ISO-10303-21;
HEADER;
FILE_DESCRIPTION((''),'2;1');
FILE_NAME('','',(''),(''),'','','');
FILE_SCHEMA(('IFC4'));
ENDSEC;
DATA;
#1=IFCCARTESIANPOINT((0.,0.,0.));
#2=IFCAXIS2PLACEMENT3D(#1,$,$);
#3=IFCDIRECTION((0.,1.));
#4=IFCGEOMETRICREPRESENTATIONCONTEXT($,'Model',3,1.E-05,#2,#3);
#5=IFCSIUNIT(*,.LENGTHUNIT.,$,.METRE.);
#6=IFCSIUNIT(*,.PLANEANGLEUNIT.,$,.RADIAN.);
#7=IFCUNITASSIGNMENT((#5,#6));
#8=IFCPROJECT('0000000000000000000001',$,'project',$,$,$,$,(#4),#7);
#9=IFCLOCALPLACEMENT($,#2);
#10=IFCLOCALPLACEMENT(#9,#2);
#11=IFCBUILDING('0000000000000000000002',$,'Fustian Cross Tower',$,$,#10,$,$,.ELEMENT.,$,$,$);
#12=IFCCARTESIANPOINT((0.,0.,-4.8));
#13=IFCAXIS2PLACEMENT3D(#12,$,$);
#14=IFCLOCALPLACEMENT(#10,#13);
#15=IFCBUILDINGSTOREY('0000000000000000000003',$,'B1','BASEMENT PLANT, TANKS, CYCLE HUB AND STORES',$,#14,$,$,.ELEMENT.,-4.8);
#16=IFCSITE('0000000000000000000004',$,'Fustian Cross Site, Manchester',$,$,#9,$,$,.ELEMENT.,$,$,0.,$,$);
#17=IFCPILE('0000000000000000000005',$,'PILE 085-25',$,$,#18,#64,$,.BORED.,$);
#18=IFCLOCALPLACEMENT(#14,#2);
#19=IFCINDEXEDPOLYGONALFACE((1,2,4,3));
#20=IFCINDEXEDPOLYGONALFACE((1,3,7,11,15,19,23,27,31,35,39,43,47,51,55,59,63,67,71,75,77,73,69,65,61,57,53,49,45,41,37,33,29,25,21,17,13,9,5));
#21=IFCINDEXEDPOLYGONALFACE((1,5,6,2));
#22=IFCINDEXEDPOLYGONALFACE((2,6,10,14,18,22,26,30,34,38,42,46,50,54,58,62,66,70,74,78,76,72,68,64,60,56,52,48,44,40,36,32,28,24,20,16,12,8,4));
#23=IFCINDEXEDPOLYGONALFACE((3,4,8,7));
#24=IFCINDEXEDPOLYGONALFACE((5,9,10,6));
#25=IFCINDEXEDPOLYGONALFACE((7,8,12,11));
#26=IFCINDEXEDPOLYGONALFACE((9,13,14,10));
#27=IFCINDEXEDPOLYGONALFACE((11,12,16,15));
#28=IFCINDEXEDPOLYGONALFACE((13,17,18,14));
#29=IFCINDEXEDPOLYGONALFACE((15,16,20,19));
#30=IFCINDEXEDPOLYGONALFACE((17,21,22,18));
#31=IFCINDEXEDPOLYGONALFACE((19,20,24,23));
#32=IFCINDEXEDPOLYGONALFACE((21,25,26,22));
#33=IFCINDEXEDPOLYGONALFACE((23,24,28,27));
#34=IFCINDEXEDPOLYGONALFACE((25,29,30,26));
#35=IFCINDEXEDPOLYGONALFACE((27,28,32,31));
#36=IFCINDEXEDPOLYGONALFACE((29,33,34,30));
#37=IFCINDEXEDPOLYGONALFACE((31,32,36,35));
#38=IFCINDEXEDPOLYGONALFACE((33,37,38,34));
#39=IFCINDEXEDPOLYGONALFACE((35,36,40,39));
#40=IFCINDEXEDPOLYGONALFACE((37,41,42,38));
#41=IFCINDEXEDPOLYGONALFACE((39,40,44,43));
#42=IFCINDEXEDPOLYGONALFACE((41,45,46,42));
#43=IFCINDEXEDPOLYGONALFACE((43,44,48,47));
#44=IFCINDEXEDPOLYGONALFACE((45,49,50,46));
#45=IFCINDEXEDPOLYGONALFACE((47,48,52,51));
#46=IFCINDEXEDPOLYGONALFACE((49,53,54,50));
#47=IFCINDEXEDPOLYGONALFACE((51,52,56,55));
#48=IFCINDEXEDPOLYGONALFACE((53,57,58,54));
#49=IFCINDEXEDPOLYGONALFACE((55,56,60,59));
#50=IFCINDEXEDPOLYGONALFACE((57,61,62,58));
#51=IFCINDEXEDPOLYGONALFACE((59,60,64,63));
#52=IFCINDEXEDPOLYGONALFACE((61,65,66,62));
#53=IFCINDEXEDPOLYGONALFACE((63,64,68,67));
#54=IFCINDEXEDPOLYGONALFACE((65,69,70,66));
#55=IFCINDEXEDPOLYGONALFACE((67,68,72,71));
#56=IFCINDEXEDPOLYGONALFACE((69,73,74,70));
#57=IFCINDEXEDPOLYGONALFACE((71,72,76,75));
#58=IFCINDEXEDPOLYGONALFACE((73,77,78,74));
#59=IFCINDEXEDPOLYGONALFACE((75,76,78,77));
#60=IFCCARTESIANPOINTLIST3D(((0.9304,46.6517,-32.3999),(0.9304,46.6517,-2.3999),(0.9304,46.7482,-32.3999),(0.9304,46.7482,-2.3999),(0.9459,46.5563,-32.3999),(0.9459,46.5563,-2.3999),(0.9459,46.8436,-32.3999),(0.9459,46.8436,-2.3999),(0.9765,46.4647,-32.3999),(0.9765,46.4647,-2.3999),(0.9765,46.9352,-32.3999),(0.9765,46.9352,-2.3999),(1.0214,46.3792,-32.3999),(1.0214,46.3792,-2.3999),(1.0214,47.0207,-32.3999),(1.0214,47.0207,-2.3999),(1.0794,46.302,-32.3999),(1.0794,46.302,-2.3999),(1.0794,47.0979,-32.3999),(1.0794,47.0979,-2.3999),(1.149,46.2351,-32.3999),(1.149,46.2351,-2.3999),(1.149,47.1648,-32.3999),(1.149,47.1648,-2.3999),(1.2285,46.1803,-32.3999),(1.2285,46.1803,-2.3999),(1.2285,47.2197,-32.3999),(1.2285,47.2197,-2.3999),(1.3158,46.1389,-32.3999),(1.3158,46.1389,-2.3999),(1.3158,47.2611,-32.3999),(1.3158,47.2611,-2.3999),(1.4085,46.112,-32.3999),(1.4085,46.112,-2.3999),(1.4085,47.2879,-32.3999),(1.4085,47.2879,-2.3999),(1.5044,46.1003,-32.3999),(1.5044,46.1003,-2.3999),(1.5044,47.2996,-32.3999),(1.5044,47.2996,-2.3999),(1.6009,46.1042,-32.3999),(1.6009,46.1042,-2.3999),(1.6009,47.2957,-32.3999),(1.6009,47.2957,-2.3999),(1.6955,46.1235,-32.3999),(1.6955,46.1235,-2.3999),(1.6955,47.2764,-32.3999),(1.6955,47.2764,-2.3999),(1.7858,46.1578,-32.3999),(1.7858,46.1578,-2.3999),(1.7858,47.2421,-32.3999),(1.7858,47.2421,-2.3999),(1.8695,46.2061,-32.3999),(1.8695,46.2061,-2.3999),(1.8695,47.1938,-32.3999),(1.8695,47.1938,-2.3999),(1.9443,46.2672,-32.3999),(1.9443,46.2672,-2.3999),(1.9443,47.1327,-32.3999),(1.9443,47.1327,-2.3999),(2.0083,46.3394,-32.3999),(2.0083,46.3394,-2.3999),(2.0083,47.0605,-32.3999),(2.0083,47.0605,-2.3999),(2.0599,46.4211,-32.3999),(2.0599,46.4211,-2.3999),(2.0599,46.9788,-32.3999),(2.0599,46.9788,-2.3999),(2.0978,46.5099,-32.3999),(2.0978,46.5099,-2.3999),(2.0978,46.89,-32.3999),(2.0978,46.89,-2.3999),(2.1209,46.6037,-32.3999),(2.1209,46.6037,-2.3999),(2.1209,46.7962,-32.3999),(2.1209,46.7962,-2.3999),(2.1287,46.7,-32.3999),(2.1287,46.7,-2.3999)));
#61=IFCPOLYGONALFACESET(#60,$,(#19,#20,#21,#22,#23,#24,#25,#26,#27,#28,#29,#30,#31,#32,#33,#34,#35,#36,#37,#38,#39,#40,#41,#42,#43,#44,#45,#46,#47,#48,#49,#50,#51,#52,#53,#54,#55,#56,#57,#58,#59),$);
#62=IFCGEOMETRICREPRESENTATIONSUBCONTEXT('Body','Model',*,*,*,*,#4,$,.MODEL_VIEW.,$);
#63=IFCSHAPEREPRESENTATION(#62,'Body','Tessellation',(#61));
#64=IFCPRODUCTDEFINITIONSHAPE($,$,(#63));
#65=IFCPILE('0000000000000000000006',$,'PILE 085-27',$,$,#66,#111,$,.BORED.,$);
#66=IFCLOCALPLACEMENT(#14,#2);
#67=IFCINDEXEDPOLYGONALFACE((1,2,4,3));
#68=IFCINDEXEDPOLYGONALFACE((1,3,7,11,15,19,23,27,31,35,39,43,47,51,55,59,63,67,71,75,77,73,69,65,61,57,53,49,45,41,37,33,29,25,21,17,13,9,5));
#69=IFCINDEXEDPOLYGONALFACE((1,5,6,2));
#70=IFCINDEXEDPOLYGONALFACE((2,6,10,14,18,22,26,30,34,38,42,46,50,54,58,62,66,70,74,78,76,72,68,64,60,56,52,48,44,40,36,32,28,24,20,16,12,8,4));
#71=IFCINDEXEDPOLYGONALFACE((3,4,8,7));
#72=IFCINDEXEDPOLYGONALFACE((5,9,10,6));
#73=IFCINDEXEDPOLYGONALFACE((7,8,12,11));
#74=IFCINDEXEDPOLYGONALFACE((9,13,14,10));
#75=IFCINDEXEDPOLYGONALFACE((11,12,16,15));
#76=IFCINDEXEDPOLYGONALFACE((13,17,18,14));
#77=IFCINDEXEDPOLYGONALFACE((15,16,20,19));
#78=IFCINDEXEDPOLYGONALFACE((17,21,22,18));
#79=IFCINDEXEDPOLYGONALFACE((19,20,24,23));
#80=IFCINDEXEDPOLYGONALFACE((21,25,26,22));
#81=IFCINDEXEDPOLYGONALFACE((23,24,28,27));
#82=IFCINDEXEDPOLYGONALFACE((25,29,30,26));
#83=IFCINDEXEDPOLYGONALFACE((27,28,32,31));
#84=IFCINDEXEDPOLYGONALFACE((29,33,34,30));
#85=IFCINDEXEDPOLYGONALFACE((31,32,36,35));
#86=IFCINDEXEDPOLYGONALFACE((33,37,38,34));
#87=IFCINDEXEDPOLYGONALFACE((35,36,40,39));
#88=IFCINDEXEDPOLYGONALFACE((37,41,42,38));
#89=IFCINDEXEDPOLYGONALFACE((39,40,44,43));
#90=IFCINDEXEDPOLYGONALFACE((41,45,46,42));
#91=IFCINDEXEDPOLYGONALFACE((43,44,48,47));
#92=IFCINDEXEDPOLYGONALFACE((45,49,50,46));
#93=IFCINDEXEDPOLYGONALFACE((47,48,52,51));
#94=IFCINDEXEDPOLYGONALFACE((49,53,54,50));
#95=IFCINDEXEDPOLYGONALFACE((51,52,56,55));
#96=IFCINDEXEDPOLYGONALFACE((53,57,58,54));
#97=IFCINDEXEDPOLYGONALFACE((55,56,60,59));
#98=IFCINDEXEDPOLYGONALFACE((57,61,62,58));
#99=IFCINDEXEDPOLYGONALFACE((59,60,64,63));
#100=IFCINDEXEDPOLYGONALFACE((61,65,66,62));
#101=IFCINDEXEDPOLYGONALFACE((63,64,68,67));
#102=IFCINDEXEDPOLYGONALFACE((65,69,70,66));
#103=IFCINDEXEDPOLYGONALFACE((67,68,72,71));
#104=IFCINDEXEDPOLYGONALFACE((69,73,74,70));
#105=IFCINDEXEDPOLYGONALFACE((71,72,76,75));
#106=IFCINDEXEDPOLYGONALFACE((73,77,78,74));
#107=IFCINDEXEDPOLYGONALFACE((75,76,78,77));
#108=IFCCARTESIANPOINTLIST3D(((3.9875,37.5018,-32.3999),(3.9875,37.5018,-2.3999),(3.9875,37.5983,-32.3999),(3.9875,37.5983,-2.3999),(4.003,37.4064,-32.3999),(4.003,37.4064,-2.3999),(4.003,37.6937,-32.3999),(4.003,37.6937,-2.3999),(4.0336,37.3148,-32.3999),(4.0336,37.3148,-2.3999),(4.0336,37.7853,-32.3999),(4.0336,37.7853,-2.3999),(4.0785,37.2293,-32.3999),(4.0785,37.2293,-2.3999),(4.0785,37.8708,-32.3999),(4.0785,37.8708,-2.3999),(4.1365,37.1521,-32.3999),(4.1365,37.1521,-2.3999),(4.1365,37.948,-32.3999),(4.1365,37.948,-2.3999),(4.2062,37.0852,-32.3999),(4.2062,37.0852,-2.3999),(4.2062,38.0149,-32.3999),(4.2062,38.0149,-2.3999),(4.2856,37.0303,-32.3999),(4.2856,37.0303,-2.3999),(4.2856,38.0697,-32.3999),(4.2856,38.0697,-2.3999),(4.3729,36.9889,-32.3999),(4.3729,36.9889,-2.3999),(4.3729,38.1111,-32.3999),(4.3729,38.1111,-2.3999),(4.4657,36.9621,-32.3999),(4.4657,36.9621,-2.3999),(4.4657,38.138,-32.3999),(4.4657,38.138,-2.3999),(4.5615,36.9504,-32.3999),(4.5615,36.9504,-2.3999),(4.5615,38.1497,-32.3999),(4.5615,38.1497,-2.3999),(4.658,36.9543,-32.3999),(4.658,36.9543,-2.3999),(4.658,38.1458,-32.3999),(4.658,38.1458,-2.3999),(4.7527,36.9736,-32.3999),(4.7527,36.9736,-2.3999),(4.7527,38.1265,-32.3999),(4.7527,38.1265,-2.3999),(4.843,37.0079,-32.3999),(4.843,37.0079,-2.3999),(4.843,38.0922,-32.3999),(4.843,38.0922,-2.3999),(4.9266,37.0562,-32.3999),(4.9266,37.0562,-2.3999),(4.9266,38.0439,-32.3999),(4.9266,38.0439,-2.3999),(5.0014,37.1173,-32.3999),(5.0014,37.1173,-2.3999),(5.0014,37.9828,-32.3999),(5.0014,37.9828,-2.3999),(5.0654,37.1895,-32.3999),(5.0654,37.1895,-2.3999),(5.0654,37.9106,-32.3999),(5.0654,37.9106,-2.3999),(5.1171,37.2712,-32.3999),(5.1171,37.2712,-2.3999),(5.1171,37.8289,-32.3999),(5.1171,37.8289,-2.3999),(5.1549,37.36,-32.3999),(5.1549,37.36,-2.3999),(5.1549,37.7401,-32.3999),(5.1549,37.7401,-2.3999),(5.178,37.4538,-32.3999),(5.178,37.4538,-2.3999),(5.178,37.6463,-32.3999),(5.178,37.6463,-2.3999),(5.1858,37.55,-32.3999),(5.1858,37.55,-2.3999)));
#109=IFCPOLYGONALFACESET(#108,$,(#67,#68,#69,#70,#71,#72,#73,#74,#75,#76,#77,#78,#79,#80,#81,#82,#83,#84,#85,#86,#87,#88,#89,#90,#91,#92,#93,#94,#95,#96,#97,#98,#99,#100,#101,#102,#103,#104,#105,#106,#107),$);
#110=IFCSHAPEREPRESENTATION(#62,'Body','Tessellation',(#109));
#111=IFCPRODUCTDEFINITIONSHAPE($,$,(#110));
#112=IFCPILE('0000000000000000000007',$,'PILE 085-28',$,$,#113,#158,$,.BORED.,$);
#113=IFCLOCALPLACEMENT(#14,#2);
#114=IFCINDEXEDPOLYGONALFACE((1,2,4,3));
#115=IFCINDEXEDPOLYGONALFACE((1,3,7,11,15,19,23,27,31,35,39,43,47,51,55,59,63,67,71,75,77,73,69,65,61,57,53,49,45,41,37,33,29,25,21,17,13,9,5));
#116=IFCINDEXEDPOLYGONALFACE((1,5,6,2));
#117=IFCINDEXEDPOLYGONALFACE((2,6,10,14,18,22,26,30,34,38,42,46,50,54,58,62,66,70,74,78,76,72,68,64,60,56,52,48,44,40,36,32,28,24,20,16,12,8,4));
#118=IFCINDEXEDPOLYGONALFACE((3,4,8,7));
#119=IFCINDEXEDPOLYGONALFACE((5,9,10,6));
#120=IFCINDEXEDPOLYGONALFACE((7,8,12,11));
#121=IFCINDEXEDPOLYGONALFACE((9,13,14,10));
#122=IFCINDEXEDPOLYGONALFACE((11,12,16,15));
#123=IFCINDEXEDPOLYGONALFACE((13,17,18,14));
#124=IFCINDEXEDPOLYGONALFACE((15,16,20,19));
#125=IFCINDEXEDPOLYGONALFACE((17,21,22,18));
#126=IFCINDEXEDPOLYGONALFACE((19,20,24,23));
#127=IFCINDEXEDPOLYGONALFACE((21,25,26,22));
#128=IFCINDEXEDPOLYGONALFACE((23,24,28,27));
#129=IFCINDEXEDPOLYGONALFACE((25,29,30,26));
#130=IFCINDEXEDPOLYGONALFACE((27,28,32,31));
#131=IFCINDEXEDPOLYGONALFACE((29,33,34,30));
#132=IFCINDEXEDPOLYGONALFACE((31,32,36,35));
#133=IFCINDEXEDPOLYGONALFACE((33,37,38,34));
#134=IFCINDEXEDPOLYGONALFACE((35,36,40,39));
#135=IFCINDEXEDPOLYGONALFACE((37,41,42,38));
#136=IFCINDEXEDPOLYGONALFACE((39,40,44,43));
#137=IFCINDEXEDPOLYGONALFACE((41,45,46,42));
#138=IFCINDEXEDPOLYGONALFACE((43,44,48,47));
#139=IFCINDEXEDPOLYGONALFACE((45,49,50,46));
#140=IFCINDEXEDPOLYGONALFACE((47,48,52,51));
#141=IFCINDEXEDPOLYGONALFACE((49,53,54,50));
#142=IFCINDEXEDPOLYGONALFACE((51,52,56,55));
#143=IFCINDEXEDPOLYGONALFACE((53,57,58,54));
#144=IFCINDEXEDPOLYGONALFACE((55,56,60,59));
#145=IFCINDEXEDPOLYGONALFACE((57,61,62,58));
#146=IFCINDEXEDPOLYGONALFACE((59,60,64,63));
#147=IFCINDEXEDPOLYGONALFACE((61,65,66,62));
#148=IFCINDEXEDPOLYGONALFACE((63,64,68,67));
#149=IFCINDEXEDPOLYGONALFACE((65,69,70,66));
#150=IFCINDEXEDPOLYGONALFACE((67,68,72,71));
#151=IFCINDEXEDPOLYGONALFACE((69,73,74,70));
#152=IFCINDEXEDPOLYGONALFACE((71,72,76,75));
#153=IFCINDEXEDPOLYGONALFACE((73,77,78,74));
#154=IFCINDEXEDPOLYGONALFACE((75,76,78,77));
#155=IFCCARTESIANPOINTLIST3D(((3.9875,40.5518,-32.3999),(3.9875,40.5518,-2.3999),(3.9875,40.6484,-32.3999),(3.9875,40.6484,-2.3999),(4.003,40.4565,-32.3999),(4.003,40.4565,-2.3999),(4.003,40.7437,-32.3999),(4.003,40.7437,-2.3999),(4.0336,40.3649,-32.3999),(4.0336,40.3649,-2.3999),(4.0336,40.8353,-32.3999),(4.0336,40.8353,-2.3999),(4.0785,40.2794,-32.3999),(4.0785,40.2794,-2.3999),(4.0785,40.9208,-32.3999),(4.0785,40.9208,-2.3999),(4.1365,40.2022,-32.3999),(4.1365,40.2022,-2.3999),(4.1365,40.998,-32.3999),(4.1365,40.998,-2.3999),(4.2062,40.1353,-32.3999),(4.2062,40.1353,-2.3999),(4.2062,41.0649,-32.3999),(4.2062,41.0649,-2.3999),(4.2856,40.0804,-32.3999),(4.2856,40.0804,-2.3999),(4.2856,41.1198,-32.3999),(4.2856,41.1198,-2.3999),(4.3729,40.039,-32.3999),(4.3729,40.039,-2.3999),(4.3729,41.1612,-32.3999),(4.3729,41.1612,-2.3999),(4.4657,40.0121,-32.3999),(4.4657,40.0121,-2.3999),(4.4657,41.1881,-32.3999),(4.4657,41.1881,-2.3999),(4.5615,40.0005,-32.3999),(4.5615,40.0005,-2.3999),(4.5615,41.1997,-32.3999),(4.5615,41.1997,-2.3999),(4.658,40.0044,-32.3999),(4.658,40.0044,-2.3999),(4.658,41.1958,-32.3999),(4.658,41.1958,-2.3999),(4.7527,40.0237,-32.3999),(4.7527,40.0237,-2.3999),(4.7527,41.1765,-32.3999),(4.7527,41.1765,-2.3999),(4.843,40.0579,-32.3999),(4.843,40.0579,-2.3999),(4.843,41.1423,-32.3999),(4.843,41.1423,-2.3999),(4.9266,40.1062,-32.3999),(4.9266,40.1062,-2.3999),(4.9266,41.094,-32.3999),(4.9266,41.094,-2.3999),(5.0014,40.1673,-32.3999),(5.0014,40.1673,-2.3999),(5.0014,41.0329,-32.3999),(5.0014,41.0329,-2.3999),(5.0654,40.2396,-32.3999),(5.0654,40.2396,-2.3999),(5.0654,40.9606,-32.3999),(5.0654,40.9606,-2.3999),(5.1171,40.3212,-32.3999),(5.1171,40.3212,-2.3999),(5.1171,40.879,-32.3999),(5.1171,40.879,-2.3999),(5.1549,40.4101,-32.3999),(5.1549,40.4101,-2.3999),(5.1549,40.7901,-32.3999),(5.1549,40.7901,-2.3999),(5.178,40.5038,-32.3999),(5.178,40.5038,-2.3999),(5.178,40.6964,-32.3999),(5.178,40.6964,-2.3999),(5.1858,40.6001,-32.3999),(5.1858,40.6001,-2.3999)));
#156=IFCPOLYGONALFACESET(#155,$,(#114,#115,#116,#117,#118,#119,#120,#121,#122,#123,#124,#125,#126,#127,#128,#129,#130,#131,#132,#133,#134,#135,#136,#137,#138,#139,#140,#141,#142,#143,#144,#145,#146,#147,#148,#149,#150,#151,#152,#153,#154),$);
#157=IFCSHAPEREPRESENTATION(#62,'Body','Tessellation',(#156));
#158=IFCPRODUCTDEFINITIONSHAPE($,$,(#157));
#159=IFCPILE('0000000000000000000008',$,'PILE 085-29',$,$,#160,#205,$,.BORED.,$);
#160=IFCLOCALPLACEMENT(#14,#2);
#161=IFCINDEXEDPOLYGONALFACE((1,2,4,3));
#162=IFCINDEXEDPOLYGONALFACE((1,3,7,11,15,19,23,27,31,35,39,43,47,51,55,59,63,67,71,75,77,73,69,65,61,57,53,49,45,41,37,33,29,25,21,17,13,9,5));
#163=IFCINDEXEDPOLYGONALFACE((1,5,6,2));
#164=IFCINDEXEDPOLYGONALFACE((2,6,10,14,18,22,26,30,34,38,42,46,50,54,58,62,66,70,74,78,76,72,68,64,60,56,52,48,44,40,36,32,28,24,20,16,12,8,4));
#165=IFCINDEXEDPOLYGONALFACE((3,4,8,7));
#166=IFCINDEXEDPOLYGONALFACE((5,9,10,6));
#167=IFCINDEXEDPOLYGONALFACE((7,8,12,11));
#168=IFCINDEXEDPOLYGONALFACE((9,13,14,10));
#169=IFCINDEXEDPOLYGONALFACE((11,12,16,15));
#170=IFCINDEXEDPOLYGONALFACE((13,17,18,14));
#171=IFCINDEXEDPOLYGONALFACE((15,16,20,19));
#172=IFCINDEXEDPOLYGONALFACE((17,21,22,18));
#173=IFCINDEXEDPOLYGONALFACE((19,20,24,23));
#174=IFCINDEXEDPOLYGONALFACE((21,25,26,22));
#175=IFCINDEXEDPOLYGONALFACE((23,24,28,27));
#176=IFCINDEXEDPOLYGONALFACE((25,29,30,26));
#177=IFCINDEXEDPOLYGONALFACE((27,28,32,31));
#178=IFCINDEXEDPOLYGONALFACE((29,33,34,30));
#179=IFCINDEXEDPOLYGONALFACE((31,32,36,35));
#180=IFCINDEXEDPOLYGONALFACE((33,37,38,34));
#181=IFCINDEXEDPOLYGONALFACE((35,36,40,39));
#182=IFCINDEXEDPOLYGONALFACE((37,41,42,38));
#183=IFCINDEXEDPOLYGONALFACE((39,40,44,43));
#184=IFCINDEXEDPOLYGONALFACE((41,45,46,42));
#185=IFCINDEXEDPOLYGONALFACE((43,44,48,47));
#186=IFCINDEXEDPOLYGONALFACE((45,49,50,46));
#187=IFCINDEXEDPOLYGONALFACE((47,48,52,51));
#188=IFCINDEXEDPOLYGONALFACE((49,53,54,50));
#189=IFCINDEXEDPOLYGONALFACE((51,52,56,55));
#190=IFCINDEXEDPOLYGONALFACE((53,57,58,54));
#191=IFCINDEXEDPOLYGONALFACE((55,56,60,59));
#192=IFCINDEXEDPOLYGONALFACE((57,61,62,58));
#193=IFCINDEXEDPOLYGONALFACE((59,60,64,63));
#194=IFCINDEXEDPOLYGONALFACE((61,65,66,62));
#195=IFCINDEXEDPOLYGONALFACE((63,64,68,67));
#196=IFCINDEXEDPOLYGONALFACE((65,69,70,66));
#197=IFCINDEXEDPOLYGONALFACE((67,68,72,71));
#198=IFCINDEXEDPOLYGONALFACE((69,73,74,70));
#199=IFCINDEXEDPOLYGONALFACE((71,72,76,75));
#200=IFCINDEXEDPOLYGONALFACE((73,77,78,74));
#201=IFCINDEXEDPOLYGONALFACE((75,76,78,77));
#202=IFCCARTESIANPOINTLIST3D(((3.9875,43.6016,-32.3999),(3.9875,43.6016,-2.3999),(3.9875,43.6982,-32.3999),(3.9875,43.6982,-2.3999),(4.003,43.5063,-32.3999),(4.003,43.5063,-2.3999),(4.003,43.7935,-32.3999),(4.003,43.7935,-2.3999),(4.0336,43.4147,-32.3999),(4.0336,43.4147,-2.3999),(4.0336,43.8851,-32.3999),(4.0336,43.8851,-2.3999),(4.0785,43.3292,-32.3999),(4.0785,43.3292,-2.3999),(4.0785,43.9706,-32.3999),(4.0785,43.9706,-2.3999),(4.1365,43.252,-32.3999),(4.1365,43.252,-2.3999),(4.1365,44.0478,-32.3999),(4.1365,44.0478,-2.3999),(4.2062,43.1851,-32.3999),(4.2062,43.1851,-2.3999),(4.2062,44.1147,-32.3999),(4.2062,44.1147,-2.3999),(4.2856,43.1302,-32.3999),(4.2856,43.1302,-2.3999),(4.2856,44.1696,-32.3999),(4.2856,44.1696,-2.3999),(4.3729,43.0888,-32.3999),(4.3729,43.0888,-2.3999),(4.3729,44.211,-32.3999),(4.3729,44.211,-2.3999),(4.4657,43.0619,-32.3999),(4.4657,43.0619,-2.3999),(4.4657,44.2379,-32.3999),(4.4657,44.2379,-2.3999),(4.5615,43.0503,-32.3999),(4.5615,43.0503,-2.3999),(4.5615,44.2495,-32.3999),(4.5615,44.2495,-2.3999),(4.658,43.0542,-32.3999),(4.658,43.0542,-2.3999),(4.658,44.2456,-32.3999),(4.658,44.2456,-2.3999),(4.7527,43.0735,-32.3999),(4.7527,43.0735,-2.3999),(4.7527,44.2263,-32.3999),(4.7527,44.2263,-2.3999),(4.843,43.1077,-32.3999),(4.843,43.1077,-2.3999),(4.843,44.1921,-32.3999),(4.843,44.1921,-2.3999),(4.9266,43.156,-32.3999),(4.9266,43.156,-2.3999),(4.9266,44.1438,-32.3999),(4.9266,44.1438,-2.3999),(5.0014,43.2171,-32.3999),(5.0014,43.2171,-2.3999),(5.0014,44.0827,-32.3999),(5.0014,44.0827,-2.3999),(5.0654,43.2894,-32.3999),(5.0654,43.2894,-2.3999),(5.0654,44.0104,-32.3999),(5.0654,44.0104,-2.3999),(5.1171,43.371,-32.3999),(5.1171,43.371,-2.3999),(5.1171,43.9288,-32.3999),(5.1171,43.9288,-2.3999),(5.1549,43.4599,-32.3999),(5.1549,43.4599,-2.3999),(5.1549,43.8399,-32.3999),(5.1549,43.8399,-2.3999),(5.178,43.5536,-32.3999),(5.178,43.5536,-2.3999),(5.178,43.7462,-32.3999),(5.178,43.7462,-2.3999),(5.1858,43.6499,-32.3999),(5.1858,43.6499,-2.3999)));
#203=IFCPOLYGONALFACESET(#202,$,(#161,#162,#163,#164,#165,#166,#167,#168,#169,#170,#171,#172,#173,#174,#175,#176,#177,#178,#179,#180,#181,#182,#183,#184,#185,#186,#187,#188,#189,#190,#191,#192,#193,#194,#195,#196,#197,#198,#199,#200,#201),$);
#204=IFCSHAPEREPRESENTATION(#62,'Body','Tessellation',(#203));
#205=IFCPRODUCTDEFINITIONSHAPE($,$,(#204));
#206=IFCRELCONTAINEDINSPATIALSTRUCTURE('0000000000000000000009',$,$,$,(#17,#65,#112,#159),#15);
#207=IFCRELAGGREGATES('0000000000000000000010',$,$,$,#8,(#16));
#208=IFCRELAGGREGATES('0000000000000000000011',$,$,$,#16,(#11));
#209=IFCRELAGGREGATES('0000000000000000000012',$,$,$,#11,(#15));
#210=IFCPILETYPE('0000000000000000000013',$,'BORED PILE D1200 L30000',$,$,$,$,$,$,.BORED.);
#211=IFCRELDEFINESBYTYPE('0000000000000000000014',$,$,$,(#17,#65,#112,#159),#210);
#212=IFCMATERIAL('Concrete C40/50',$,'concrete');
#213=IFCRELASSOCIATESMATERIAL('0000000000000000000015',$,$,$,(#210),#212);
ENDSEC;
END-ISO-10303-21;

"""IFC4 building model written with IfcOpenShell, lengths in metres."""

from ifc_helpers import new_model, si_unit, direction, frame, origin, origin_2d, place, context, subcontext, project, spatial, circle, extrude, material, material_profile, profile_set, type_object, element, save


model = new_model("IFC4")

# Units and contexts
model_context = context("Model", 3, precision=1e-05, world=origin(), true_north=direction((0.0, 1.0)))
body_context = subcontext(model_context, "Body", "Model", "MODEL_VIEW")
ifc_project = project(units=[si_unit("LENGTHUNIT", "METRE"), si_unit("PLANEANGLEUNIT", "RADIAN")], contexts=[model_context])

# Site, building, storey
site_placement = place(None, origin())
site = spatial("IfcSite", under=ifc_project, at=site_placement, Name="Fustian Cross Site, Manchester", CompositionType="ELEMENT", RefElevation=0.0)
building_placement = place(site_placement, origin())
building = spatial("IfcBuilding", under=site, at=building_placement, Name="Fustian Cross Tower", CompositionType="ELEMENT")
storey_placement = place(building_placement, frame((0.0, 0.0, -4.8)))
storey = spatial("IfcBuildingStorey", under=building, at=storey_placement, Name="B1", Description="BASEMENT PLANT, TANKS, CYCLE HUB AND STORES", CompositionType="ELEMENT", Elevation=-4.8)

# Piles
ifc_material_1 = material(Name="Concrete C40/50", Category="concrete")
ifc_material_profile_1 = material_profile(ifc_material_1, circle(Radius=0.6001, at=origin_2d()), Name="BORED PILE D1200 L30000")
ifc_profile_set_1 = profile_set([ifc_material_profile_1], Name="Concrete C40/50")
pile_type_1 = type_object("IfcPileType", Name="BORED PILE D1200 L30000", PredefinedType="BORED", material=ifc_profile_set_1)
for number, where, z_axis, x_axis, name in (
    (1, (1.5286, 46.7, -2.3999), (0.0, 0.0, -1.0), (1.0, 0.0, 0.0), "PILE 085-25"),
    (2, (4.5857, 37.55, -2.3999), (0.0, 0.0, -1.0), (1.0, 0.0, 0.0), "PILE 085-27"),
    (3, (4.5857, 40.6001, -2.3999), (0.0, 0.0, -1.0), (1.0, 0.0, 0.0), "PILE 085-28"),
    (4, (4.5857, 43.6499, -2.3999), (0.0, 0.0, -1.0), (1.0, 0.0, 0.0), "PILE 085-29"),
):
    element("IfcPile", number, at=place(storey_placement, frame(where, z_axis=z_axis, x_axis=x_axis)), inside=storey, type_object=pile_type_1, Name=name, PredefinedType="BORED", context=body_context, shape_type="SweptSolid", body=[
        extrude(circle(Radius=0.6001, at=origin_2d()), origin(), (0.0, 0.0, 1.0), 30.0),
    ])

save(model, "model.ifc")
